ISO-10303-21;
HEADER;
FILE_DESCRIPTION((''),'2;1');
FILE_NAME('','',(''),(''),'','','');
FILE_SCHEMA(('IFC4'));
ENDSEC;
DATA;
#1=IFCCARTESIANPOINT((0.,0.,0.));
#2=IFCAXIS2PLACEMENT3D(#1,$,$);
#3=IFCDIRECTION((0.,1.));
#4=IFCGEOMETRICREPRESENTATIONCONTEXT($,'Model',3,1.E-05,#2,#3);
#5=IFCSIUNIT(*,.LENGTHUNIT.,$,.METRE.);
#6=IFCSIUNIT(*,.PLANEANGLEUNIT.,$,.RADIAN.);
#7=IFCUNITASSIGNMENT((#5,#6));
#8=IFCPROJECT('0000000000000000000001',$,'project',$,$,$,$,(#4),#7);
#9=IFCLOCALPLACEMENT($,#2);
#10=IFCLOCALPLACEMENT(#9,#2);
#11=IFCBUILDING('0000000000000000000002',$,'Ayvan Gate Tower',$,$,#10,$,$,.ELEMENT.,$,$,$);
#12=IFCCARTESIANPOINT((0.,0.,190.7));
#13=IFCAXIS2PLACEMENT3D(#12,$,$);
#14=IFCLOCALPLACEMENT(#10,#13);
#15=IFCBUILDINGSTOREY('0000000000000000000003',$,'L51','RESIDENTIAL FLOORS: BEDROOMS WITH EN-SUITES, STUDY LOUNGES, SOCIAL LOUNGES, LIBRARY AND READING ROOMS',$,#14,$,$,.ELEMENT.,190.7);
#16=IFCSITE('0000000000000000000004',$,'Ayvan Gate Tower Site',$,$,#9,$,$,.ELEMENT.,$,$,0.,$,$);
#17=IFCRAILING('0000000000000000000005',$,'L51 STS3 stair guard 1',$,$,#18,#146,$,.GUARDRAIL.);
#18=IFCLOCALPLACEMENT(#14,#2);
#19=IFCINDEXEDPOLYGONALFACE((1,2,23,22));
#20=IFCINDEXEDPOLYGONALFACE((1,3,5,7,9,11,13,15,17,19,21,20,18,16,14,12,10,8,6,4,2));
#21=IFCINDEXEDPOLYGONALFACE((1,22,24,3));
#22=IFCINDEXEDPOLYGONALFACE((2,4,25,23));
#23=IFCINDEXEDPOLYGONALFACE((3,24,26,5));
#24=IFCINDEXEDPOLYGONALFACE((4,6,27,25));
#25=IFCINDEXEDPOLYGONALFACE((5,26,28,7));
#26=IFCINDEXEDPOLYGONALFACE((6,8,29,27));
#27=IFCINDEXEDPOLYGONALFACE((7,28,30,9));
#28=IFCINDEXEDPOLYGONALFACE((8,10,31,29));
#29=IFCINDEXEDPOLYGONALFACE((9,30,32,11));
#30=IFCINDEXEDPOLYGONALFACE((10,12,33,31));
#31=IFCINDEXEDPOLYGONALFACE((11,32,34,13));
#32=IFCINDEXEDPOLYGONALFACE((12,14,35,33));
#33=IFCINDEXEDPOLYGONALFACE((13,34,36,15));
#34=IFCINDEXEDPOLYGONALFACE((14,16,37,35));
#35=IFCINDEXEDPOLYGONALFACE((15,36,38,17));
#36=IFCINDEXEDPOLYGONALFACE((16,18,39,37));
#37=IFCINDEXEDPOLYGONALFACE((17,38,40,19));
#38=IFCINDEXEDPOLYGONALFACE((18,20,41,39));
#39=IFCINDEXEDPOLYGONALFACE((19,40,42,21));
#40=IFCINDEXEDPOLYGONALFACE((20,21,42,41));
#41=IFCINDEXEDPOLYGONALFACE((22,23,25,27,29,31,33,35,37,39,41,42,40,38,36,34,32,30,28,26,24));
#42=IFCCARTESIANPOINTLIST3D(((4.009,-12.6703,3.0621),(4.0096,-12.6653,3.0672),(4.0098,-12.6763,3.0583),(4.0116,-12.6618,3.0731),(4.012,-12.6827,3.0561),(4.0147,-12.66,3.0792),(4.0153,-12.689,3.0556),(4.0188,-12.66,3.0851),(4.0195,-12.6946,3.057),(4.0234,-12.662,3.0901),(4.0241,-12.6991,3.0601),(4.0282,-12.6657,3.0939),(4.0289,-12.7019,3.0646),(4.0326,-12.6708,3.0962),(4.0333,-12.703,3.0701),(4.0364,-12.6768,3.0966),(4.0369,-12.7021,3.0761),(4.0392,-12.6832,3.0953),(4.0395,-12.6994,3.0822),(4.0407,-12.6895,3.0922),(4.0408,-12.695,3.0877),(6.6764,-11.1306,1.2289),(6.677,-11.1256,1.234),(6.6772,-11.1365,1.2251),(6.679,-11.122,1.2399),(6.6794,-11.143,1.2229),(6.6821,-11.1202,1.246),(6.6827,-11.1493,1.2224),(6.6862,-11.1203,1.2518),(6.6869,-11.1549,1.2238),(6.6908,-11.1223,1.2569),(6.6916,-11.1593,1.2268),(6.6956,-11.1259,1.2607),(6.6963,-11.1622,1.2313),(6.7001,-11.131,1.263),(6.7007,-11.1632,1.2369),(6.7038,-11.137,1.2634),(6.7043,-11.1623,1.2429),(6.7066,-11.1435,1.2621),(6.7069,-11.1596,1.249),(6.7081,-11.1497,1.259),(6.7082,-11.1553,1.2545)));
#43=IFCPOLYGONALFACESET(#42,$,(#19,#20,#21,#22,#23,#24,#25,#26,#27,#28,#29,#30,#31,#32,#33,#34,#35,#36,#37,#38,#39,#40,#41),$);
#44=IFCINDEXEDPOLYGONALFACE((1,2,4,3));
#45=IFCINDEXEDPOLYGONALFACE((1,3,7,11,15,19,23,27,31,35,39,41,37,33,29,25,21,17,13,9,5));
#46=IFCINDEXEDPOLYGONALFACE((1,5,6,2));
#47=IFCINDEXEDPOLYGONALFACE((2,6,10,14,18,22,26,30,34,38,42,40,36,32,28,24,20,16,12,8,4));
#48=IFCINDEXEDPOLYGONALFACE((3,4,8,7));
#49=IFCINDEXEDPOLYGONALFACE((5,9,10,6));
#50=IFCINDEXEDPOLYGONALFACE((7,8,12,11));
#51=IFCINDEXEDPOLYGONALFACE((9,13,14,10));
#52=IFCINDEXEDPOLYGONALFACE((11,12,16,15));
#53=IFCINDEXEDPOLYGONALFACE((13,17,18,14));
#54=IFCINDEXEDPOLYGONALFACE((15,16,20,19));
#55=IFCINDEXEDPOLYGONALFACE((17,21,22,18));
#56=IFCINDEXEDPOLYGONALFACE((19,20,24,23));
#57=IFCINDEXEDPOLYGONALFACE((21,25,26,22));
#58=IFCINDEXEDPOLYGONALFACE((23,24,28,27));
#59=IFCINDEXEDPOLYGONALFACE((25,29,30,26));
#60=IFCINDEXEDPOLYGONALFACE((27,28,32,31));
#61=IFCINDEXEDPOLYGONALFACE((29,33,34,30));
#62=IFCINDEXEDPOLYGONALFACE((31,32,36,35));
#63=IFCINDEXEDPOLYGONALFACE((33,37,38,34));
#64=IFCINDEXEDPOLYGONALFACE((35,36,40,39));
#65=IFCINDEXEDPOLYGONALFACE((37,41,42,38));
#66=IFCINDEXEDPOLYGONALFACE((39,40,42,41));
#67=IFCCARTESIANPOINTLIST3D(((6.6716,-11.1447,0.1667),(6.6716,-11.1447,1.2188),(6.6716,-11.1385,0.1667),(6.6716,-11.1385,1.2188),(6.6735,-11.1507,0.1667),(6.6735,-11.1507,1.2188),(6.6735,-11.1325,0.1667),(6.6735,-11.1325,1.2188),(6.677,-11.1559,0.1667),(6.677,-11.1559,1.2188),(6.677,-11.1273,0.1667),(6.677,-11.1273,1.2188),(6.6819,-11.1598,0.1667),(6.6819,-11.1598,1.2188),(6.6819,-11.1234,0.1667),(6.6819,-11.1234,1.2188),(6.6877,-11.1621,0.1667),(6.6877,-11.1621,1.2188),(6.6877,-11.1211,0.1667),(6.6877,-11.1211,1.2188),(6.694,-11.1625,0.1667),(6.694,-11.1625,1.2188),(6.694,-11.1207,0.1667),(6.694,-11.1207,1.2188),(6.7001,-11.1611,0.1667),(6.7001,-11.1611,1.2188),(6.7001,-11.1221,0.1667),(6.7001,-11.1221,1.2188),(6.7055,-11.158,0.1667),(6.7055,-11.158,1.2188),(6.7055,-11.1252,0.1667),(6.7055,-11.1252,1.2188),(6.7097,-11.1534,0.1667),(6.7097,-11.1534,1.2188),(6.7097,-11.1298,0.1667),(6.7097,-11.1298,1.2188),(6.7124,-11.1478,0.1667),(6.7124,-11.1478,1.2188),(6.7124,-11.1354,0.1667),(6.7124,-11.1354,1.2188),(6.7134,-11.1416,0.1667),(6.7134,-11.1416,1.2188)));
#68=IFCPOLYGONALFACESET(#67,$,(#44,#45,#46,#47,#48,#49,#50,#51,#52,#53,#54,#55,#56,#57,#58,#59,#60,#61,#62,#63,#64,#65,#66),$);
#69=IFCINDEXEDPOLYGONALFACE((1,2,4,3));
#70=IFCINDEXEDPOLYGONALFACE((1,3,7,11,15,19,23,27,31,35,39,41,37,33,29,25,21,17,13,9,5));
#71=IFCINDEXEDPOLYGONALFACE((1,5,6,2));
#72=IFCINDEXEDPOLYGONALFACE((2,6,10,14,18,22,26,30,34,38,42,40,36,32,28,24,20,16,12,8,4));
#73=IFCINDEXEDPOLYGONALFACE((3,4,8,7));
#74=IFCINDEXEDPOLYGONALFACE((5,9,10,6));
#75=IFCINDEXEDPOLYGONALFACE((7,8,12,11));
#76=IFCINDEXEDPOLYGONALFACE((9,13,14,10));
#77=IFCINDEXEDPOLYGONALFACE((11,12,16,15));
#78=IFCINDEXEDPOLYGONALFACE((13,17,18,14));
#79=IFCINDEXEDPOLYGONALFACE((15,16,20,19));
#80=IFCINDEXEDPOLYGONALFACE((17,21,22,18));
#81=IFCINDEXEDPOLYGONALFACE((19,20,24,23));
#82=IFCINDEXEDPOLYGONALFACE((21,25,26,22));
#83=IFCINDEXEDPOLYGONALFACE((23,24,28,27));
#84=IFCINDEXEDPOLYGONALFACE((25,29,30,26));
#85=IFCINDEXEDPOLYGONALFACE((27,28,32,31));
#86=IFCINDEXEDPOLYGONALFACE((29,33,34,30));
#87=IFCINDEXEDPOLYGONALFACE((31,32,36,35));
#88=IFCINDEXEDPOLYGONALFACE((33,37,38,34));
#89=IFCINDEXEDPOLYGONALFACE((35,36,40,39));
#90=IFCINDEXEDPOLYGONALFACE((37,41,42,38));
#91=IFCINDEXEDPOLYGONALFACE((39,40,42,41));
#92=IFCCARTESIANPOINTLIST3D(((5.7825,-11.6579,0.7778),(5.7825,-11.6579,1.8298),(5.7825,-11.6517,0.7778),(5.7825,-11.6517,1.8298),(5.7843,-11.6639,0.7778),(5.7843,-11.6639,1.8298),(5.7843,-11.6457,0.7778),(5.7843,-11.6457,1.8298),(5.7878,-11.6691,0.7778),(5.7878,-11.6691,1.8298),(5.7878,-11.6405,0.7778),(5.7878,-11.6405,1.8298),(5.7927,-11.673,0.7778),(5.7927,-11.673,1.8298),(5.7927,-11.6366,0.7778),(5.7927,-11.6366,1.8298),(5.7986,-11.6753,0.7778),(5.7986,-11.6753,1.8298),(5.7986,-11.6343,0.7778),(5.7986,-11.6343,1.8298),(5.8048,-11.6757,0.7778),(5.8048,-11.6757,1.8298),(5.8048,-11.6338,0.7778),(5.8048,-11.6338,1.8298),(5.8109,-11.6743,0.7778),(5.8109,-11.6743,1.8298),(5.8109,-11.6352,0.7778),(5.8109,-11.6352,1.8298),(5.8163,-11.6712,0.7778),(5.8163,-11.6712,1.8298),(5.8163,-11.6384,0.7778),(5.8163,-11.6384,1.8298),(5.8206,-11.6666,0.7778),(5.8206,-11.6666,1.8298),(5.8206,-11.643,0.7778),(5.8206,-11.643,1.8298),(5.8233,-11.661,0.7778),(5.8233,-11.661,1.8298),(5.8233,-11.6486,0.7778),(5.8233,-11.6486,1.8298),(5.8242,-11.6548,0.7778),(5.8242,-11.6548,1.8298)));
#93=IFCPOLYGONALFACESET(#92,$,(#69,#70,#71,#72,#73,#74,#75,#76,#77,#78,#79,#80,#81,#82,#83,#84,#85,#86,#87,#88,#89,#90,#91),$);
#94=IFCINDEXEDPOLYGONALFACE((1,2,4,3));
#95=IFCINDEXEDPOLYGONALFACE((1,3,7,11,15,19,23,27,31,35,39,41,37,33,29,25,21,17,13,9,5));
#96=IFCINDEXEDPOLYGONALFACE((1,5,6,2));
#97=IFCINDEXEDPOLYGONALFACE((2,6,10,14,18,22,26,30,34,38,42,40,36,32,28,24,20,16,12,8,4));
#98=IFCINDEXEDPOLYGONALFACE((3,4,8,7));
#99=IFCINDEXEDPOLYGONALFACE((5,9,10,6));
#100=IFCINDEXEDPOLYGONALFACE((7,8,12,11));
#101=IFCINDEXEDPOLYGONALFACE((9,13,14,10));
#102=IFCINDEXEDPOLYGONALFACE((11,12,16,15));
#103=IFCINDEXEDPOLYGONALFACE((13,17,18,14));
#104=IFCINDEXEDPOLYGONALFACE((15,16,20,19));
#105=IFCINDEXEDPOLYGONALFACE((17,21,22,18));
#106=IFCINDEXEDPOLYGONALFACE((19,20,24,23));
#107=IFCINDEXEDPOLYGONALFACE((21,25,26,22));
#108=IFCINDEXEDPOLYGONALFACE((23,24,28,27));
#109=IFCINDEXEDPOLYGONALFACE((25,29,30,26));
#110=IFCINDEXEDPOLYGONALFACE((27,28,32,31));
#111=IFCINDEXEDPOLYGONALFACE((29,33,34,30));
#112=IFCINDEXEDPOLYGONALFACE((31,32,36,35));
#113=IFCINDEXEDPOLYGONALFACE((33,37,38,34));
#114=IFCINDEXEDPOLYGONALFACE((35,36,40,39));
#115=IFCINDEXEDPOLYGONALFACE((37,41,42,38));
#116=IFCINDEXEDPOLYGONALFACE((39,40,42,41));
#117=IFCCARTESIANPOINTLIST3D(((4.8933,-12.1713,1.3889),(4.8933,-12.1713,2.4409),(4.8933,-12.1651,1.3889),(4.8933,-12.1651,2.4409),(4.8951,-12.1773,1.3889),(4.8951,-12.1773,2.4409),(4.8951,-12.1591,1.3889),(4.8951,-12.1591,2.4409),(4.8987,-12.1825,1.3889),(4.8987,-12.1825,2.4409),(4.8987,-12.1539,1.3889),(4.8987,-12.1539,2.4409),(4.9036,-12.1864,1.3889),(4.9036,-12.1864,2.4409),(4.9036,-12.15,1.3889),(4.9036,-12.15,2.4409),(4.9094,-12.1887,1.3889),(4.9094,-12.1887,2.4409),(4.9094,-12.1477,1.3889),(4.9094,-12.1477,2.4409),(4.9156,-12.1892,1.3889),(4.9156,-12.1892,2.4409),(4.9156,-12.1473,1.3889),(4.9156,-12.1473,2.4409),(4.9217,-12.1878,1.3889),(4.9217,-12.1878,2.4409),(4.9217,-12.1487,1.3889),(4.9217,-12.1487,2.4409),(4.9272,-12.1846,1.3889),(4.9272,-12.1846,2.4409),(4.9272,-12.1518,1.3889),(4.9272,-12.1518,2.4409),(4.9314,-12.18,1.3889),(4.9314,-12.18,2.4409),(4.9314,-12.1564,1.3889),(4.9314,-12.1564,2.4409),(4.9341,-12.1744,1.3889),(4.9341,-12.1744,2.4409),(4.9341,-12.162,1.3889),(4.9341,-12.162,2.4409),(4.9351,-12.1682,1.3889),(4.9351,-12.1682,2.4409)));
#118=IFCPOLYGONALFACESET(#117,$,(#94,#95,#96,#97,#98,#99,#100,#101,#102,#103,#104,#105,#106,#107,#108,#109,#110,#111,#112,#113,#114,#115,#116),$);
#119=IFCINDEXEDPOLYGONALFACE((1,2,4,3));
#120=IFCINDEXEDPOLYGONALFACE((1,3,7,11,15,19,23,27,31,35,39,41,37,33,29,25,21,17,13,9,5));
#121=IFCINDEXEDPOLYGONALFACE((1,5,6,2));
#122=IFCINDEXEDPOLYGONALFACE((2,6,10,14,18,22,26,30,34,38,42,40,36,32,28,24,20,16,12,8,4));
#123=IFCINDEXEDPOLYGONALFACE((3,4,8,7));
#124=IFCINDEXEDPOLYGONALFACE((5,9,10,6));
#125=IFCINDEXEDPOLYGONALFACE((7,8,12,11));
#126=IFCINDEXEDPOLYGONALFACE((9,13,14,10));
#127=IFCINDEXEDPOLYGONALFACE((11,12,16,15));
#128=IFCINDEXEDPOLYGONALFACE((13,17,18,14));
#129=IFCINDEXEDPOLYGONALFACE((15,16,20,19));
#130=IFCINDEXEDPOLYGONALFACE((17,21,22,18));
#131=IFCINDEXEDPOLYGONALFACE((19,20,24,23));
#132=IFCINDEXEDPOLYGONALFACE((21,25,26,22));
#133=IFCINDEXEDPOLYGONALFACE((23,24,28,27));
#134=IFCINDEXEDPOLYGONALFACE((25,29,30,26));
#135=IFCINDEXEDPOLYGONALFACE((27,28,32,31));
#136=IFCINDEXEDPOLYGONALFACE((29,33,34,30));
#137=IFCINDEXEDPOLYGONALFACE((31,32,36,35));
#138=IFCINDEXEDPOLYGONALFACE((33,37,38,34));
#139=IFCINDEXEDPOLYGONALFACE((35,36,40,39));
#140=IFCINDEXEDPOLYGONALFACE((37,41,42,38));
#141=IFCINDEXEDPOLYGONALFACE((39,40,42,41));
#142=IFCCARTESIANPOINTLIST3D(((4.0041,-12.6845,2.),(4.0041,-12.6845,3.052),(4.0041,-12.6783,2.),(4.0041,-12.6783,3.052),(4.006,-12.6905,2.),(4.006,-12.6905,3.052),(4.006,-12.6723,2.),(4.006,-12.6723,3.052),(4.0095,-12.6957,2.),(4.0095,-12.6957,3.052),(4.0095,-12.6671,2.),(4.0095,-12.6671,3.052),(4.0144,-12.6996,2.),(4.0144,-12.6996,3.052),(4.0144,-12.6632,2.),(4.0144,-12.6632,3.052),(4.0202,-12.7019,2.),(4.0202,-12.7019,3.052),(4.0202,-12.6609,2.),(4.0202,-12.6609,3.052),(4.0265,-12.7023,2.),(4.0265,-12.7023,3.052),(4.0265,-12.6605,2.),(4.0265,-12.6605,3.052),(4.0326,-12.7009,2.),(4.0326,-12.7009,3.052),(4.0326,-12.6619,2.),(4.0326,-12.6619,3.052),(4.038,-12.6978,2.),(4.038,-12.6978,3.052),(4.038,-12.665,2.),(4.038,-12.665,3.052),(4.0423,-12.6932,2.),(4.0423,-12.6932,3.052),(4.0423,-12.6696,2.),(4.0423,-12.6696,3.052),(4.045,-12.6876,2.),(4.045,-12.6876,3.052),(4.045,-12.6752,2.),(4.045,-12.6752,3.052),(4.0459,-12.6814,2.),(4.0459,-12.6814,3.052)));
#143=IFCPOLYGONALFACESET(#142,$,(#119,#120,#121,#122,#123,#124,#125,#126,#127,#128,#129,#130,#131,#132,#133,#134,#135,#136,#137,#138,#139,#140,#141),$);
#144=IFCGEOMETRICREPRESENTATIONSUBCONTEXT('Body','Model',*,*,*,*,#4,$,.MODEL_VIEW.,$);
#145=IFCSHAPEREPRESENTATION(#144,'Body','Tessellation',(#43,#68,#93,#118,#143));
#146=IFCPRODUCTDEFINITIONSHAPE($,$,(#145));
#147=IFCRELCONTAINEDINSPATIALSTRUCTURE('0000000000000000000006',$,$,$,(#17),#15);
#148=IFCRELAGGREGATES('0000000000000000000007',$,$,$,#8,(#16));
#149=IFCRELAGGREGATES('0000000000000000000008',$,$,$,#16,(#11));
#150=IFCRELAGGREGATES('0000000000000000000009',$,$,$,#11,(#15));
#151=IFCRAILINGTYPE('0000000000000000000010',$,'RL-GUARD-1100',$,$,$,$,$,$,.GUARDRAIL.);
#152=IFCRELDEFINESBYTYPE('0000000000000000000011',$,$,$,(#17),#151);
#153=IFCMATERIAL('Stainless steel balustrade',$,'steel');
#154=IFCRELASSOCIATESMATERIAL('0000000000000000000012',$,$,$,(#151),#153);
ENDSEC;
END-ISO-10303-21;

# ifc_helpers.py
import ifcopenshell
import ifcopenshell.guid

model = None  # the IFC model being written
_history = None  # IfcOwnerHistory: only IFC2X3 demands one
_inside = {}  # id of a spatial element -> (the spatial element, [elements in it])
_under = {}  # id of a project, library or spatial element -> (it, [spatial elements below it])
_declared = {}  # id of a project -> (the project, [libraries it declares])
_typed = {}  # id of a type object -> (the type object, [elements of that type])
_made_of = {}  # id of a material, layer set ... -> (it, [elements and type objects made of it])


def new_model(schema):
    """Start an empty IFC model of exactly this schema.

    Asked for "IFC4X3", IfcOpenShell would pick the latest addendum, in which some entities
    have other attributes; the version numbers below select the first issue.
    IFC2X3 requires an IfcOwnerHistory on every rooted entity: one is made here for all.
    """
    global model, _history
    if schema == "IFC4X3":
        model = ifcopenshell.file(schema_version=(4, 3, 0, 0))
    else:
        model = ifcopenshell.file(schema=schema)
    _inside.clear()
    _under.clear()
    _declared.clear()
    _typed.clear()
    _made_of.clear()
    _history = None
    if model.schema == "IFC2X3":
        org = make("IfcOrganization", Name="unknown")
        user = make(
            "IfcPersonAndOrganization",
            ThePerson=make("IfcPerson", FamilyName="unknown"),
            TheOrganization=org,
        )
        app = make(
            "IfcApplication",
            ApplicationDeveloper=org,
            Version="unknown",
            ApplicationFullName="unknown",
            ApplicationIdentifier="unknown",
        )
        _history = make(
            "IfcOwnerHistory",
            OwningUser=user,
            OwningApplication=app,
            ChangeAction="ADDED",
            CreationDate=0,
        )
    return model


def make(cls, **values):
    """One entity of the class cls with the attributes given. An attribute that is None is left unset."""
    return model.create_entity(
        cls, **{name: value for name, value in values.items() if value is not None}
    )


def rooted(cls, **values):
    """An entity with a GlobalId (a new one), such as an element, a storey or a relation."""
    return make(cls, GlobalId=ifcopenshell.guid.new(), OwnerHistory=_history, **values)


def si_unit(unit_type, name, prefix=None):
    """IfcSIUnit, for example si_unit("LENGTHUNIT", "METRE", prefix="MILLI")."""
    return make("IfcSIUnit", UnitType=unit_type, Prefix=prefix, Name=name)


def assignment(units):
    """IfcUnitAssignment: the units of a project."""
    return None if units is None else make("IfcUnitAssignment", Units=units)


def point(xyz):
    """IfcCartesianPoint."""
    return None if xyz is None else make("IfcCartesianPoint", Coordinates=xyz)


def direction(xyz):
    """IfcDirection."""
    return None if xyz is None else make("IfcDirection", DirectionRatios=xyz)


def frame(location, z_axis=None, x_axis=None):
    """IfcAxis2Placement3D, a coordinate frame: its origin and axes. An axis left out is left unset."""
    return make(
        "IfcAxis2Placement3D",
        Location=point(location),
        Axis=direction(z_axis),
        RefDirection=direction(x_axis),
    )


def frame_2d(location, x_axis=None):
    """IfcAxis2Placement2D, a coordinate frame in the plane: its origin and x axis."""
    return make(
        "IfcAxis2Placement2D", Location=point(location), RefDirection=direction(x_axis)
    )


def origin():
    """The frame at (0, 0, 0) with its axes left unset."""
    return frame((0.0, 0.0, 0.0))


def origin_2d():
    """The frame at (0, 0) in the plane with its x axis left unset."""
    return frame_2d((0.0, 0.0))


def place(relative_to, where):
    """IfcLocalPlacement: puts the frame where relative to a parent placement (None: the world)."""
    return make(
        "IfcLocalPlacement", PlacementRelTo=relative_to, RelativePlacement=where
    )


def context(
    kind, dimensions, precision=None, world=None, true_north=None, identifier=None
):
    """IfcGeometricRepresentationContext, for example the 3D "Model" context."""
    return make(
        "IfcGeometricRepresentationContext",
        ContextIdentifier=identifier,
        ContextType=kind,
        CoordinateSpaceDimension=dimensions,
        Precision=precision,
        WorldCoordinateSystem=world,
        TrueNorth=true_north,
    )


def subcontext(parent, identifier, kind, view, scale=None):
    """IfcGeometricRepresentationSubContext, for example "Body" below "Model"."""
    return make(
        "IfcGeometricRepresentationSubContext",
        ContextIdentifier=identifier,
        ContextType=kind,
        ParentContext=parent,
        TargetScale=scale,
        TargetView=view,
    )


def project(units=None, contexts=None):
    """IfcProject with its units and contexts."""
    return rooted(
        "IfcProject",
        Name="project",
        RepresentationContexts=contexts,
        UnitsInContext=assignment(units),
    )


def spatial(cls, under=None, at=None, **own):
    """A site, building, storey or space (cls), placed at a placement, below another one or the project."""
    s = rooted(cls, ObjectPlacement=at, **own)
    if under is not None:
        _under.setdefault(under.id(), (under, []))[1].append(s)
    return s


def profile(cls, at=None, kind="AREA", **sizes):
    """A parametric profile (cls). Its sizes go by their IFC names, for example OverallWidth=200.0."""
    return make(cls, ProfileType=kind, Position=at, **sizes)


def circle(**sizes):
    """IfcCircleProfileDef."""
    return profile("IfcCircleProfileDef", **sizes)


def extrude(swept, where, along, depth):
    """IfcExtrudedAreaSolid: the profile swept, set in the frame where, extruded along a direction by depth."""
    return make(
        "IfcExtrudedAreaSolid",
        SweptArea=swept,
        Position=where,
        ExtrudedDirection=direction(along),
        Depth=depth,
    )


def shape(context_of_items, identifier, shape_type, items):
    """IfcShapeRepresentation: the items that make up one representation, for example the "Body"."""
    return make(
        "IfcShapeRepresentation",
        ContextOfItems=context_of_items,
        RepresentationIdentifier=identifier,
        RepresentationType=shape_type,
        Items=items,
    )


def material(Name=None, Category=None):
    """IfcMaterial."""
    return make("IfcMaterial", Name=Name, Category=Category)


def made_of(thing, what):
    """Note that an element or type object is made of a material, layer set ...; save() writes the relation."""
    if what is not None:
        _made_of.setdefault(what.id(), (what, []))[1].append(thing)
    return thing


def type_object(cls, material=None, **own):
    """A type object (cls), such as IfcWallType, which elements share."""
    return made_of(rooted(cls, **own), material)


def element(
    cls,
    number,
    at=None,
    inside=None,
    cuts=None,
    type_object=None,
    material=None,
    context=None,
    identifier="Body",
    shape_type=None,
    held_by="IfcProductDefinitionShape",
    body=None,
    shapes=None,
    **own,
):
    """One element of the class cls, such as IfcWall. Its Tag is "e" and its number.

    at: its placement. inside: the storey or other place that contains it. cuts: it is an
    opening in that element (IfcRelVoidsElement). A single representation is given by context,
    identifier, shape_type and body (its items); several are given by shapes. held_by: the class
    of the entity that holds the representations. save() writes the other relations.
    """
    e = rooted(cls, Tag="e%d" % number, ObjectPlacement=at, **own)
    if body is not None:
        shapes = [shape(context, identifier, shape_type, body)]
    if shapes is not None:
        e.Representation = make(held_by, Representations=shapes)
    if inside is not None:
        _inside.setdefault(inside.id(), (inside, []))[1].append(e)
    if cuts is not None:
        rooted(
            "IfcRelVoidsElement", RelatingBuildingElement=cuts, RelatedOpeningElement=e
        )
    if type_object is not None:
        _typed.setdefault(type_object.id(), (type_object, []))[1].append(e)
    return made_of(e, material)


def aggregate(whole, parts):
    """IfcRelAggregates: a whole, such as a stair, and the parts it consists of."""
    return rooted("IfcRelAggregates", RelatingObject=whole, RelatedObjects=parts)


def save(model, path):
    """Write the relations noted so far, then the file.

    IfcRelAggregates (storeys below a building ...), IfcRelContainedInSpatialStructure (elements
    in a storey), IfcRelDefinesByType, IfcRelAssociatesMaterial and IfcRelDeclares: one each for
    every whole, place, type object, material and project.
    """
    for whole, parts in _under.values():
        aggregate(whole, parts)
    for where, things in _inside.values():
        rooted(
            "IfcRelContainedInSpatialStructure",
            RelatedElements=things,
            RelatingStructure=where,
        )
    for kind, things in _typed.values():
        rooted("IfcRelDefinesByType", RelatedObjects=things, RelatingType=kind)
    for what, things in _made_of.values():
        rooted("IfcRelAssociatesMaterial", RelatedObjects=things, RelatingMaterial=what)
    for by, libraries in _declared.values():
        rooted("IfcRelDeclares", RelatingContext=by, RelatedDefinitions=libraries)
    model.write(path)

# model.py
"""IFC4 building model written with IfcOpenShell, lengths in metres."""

from ifc_helpers import new_model, si_unit, direction, frame, origin, origin_2d, place, context, subcontext, project, spatial, circle, extrude, material, type_object, element, save


model = new_model("IFC4")

# Units and contexts
model_context = context("Model", 3, precision=1e-05, world=origin(), true_north=direction((0.0, 1.0)))
body_context = subcontext(model_context, "Body", "Model", "MODEL_VIEW")
ifc_project = project(units=[si_unit("LENGTHUNIT", "METRE"), si_unit("PLANEANGLEUNIT", "RADIAN")], contexts=[model_context])

# Site, building, storey
site_placement = place(None, origin())
site = spatial("IfcSite", under=ifc_project, at=site_placement, Name="Ayvan Gate Tower Site", CompositionType="ELEMENT", RefElevation=0.0)
building_placement = place(site_placement, origin())
building = spatial("IfcBuilding", under=site, at=building_placement, Name="Ayvan Gate Tower", CompositionType="ELEMENT")
storey_placement = place(building_placement, frame((0.0, 0.0, 190.7)))
storey = spatial("IfcBuildingStorey", under=building, at=storey_placement, Name="L51", Description="RESIDENTIAL FLOORS: BEDROOMS WITH EN-SUITES, STUDY LOUNGES, SOCIAL LOUNGES, LIBRARY AND READING ROOMS", CompositionType="ELEMENT", Elevation=190.7)

# Railing
ifc_material_1 = material(Name="Stainless steel balustrade", Category="steel")
railing_type_1 = type_object("IfcRailingType", Name="RL-GUARD-1100", PredefinedType="GUARDRAIL", material=ifc_material_1)
railing_1_placement = place(storey_placement, frame((6.6924, -11.1416, 0.1667)))
element("IfcRailing", 1, at=railing_1_placement, inside=storey, type_object=railing_type_1, Name="L51 STS3 stair guard 1", PredefinedType="GUARDRAIL", context=body_context, shape_type="SweptSolid", body=[
    extrude(circle(Radius=0.0239, at=origin_2d()), frame((0.0, 0.0, 1.0762), z_axis=(-0.744212, -0.429594, 0.511467), x_axis=(0.499933, -0.866064, 0.0)), (0.0, 0.0, 1.0), 3.5842),
    extrude(circle(Radius=0.021, at=origin_2d()), origin(), (0.0, 0.0, 1.0), 1.052),
    extrude(circle(Radius=0.021, at=origin_2d()), frame((-0.8892, -0.5132, 0.6111)), (0.0, 0.0, 1.0), 1.052),
    extrude(circle(Radius=0.021, at=origin_2d()), frame((-1.7783, -1.0266, 1.2222)), (0.0, 0.0, 1.0), 1.052),
    extrude(circle(Radius=0.021, at=origin_2d()), frame((-2.6675, -1.5398, 1.8333)), (0.0, 0.0, 1.0), 1.052),
])

save(model, "model.ifc")
